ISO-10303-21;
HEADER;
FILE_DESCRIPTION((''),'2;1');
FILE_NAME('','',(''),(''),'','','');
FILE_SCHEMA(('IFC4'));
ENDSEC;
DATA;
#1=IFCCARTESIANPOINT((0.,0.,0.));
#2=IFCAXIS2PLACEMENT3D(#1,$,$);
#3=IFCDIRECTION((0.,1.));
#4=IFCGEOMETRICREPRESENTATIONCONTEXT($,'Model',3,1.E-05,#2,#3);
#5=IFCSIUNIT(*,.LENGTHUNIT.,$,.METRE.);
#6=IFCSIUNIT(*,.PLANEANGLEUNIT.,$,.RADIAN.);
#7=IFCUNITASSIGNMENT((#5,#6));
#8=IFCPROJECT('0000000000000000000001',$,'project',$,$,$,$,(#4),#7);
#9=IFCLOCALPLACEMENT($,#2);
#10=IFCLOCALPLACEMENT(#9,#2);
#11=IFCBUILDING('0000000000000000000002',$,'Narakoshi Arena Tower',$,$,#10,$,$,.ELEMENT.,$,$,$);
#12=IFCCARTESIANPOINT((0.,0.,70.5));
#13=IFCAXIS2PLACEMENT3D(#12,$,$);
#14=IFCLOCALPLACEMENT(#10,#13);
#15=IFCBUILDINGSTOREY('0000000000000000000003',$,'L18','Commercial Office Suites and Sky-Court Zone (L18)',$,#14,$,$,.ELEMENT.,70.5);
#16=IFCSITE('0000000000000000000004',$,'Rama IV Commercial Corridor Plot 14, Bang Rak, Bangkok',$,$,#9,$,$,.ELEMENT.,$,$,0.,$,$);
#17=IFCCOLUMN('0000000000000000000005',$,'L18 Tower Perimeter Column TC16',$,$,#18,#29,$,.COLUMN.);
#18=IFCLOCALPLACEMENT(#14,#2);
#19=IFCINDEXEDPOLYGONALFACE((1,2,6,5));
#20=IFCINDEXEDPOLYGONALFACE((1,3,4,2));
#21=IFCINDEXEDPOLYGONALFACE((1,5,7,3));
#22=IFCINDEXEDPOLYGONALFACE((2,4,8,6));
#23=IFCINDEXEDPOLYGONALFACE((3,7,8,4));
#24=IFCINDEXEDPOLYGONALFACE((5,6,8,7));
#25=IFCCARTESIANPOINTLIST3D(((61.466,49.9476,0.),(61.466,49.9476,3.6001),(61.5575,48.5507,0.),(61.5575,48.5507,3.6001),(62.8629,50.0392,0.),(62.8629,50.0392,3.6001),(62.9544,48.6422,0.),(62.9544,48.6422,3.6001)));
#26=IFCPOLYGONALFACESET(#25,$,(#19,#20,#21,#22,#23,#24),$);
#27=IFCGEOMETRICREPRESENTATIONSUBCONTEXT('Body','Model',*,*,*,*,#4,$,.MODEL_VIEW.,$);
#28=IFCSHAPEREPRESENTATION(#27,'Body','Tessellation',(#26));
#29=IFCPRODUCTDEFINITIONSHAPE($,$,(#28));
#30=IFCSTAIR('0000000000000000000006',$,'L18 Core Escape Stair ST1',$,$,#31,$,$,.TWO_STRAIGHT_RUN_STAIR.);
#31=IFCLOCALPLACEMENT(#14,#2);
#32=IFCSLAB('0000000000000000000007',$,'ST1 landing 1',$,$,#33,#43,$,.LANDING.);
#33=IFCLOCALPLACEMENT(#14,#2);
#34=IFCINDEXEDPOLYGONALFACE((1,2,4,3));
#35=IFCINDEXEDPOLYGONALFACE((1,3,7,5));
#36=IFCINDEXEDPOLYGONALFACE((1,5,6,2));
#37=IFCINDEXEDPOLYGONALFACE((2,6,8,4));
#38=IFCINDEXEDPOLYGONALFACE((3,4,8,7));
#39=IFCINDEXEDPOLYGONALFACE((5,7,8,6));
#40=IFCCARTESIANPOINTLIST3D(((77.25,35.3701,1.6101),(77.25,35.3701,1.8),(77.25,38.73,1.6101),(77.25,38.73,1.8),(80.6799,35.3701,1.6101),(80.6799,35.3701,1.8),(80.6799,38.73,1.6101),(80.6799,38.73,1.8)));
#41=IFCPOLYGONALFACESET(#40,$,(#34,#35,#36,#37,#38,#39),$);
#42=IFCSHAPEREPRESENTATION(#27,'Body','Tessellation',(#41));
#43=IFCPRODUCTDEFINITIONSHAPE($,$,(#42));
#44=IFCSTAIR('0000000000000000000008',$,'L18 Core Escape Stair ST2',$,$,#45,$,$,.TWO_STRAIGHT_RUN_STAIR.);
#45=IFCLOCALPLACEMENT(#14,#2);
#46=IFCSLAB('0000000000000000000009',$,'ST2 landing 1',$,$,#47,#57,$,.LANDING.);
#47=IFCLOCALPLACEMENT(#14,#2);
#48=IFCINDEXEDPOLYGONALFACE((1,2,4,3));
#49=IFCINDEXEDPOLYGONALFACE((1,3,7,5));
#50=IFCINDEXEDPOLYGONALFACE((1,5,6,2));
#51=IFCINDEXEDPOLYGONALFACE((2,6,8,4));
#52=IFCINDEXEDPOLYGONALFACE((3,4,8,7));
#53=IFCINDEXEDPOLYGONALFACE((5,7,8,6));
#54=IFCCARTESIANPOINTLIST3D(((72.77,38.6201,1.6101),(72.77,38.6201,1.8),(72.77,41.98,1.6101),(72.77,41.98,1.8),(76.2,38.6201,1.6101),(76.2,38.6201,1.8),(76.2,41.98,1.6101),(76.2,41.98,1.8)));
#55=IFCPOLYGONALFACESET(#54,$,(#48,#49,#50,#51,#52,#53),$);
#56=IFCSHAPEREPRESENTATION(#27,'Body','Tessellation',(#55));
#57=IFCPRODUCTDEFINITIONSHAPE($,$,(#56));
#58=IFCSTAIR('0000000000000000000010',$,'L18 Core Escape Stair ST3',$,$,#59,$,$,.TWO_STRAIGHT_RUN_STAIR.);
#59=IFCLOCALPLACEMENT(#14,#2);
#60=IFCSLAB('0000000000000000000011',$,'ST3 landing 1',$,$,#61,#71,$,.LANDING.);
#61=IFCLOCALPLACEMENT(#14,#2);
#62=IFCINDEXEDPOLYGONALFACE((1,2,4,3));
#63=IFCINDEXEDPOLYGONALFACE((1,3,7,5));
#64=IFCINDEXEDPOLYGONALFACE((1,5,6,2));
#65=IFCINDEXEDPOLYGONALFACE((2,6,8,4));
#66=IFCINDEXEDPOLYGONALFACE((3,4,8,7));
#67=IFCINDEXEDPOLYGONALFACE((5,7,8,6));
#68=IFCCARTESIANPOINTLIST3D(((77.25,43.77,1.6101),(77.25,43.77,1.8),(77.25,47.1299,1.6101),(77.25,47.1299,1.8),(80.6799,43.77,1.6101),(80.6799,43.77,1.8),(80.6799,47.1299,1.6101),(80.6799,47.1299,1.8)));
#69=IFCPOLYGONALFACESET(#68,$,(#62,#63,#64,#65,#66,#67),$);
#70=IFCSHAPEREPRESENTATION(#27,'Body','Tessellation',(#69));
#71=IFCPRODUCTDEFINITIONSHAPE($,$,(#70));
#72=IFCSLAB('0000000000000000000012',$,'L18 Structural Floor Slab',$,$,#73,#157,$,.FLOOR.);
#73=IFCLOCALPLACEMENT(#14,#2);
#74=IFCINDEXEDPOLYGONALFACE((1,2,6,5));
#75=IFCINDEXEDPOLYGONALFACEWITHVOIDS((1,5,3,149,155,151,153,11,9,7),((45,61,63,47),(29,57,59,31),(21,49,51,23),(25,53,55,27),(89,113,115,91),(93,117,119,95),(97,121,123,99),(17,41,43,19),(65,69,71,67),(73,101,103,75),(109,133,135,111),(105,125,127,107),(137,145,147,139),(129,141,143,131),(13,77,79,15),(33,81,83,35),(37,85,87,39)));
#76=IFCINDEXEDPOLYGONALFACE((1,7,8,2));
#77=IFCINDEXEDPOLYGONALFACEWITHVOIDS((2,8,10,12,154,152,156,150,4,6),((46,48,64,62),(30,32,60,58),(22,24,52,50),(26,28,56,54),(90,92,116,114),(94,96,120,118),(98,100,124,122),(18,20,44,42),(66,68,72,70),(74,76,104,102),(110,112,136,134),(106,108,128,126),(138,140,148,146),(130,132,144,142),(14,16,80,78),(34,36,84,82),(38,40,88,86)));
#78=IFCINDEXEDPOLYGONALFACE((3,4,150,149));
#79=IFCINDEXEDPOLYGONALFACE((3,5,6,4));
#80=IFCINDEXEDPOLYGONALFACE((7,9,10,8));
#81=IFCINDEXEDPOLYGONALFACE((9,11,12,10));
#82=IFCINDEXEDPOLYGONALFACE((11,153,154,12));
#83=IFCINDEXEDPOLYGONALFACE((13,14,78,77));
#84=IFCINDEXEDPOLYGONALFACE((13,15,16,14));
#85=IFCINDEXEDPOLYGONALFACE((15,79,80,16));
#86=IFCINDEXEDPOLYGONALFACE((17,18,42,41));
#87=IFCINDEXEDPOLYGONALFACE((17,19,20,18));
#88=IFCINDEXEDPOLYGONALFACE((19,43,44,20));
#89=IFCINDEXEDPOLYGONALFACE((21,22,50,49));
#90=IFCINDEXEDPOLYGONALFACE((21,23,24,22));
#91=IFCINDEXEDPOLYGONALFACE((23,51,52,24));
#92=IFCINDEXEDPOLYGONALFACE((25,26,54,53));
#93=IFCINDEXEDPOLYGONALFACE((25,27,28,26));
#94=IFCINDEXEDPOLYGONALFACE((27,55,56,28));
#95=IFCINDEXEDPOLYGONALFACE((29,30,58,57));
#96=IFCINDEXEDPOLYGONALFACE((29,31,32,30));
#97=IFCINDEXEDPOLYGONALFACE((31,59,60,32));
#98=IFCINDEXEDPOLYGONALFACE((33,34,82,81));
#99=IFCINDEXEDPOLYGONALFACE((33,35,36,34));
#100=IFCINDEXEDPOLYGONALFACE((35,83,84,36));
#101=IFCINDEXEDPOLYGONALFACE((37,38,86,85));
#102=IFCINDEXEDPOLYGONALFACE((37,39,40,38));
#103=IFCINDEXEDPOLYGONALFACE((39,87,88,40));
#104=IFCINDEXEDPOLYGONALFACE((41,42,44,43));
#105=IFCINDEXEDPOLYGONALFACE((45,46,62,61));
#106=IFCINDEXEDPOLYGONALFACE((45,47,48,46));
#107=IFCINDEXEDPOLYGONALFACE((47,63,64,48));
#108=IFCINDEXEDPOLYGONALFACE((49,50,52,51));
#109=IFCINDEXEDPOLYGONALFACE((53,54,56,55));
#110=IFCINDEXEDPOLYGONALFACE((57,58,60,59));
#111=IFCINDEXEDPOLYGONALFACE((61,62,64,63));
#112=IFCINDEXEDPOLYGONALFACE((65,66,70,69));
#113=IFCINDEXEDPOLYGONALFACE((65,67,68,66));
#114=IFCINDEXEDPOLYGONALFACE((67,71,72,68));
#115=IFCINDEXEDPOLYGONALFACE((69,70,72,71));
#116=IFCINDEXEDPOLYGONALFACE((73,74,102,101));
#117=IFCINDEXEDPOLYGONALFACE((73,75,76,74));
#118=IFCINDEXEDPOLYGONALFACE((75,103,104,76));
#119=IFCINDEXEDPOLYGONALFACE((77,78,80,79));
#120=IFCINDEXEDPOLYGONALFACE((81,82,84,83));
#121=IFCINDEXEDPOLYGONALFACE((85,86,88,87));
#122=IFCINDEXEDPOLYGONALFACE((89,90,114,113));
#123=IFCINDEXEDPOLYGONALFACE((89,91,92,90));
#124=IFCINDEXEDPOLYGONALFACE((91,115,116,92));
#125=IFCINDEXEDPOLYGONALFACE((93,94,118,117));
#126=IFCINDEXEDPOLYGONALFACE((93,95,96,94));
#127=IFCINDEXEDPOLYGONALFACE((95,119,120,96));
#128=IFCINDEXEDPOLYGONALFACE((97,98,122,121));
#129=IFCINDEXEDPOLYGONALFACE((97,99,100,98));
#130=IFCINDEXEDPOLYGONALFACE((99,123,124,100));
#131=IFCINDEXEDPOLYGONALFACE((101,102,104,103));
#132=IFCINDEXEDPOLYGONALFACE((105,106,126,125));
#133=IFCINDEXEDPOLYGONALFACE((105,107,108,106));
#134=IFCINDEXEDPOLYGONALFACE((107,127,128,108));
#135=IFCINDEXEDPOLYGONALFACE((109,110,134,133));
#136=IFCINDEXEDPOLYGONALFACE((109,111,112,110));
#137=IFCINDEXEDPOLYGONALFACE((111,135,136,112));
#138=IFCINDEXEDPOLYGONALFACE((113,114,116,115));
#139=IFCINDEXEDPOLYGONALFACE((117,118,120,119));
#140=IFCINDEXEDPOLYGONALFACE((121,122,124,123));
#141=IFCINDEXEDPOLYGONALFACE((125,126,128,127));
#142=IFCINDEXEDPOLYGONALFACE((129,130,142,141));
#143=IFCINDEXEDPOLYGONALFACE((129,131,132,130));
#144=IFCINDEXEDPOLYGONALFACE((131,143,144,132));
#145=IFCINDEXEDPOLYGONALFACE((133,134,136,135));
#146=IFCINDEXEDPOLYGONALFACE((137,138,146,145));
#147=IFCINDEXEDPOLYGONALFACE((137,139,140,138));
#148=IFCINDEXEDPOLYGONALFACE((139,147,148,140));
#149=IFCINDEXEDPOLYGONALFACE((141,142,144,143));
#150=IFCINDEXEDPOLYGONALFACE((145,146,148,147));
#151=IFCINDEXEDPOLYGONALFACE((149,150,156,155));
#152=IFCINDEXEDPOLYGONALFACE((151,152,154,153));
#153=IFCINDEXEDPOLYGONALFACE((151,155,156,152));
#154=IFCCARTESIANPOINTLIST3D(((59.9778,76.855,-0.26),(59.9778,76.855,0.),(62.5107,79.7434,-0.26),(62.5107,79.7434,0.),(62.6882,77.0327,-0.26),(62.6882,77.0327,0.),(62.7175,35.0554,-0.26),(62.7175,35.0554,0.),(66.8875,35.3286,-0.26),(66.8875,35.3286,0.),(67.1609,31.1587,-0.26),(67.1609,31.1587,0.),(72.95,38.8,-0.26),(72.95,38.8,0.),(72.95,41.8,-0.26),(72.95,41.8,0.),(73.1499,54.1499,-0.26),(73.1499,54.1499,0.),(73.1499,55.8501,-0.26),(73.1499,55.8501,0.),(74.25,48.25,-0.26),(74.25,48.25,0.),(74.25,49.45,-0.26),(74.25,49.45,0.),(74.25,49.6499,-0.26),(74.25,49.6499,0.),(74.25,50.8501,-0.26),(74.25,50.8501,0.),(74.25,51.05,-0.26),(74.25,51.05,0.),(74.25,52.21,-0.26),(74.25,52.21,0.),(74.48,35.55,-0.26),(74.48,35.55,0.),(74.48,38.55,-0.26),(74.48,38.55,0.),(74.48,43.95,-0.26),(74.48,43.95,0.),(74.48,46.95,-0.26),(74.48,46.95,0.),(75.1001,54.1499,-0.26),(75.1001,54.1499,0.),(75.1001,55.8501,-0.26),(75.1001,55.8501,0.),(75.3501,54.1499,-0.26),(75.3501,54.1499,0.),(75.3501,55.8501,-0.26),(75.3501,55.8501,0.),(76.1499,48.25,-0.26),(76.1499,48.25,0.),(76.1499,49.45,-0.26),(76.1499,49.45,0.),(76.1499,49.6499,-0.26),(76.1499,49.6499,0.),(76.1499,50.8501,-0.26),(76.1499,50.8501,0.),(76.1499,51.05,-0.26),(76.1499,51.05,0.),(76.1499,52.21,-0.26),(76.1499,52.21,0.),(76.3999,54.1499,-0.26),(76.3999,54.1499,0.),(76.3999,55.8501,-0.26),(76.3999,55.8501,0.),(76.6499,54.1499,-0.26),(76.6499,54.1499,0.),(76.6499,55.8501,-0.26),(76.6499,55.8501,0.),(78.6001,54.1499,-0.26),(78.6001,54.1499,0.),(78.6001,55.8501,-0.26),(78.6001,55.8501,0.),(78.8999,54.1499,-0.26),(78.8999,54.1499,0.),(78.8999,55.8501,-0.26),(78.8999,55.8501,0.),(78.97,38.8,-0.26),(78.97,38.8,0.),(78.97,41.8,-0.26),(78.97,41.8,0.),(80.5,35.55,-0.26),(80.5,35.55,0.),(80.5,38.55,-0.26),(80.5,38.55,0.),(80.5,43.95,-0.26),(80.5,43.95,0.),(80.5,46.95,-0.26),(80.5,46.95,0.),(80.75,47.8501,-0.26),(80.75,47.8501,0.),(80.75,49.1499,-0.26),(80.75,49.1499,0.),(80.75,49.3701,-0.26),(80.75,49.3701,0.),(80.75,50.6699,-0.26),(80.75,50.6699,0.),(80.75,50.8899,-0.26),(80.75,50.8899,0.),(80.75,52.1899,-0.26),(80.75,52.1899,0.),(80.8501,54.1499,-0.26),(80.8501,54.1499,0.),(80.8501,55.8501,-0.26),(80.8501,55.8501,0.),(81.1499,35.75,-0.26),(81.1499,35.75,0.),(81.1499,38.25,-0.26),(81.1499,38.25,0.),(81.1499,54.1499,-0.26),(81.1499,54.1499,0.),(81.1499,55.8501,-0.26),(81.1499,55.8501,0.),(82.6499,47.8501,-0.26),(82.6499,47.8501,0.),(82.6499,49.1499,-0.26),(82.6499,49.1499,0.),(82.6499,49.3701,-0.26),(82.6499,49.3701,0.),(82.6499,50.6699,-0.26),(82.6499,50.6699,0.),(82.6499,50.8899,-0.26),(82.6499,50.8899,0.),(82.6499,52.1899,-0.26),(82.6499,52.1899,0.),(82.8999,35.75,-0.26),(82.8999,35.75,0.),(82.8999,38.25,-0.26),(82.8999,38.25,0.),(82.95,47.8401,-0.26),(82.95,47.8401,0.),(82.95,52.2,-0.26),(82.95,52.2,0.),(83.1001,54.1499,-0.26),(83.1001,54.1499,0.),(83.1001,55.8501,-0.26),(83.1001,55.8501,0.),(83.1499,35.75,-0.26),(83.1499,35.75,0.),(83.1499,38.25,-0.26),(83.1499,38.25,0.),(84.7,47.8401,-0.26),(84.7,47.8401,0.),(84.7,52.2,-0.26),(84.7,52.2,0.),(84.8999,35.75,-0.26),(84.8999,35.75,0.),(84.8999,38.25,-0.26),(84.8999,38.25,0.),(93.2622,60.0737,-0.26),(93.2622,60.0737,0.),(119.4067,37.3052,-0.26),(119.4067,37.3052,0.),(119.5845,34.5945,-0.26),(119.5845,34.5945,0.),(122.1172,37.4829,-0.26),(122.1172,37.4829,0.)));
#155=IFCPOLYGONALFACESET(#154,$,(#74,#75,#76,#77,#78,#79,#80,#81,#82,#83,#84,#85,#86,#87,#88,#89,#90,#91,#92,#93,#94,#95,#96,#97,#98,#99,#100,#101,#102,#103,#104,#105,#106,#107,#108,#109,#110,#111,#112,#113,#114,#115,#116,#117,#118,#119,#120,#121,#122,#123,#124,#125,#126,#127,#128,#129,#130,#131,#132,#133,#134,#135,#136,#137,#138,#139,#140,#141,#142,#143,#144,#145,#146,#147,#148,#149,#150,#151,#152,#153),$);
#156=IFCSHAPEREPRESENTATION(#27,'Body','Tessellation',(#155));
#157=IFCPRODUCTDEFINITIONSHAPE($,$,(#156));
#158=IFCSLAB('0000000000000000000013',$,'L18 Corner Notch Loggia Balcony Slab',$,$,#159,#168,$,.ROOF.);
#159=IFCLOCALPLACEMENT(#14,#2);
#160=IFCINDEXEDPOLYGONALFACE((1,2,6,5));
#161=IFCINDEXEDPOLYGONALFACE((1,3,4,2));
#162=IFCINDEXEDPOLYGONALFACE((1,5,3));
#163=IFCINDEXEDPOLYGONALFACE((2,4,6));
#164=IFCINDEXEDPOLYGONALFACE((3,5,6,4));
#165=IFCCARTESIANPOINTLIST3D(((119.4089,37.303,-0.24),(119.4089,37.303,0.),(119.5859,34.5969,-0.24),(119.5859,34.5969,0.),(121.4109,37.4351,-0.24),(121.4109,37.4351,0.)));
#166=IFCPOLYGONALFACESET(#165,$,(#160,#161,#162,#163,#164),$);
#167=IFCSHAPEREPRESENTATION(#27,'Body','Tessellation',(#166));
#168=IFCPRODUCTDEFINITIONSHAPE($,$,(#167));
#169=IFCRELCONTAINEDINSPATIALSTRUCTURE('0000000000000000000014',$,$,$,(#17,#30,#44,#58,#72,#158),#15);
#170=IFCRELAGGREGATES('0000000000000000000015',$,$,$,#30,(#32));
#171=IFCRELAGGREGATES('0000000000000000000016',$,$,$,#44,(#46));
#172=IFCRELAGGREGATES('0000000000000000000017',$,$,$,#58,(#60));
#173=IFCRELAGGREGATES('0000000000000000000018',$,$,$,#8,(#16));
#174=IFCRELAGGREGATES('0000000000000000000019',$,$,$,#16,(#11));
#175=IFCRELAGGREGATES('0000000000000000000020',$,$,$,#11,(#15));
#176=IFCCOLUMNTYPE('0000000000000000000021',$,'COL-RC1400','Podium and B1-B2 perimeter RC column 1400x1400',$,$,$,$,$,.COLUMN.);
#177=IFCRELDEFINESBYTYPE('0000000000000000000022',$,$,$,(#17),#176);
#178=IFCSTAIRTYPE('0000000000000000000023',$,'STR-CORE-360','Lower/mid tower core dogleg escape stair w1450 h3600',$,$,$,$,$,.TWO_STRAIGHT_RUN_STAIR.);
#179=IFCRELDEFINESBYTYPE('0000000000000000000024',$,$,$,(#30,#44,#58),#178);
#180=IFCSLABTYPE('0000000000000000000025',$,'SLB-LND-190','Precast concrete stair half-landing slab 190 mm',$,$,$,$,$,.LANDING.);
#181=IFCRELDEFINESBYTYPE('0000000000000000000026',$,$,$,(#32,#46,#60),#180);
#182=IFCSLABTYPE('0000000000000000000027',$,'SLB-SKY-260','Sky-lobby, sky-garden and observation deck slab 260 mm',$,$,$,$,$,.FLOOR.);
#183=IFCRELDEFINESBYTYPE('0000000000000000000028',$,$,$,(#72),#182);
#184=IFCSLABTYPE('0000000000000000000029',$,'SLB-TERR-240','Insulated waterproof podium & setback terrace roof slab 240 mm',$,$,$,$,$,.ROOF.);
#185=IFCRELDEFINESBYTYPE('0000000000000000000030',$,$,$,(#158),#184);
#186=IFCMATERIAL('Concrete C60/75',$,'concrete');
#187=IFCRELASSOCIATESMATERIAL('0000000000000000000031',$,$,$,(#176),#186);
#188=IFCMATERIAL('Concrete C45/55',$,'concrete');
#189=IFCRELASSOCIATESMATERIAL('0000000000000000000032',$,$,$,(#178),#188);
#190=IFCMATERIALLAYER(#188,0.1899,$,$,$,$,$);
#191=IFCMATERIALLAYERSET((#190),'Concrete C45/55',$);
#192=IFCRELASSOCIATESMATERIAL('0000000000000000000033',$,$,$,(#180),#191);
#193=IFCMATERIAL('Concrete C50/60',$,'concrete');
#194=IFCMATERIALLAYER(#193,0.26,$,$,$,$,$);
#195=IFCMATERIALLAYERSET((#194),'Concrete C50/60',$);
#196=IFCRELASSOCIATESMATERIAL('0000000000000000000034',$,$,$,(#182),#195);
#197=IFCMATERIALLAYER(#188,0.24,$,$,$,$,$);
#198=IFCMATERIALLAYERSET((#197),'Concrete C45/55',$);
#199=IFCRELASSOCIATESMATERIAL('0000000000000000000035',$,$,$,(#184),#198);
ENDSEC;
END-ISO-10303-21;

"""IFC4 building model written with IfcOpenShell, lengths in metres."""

from ifc_helpers import new_model, si_unit, direction, frame, origin, origin_2d, place, context, subcontext, project, spatial, polyline, rectangle, outline, extrude, material, layer, layer_set, material_profile, profile_set, type_object, element, aggregate, save


model = new_model("IFC4")

# Units and contexts
model_context = context("Model", 3, precision=1e-05, world=origin(), true_north=direction((0.0, 1.0)))
body_context = subcontext(model_context, "Body", "Model", "MODEL_VIEW")
ifc_project = project(units=[si_unit("LENGTHUNIT", "METRE"), si_unit("PLANEANGLEUNIT", "RADIAN")], contexts=[model_context])

# Site, building, storey
site_placement = place(None, origin())
site = spatial("IfcSite", under=ifc_project, at=site_placement, Name="Rama IV Commercial Corridor Plot 14, Bang Rak, Bangkok", CompositionType="ELEMENT", RefElevation=0.0)
building_placement = place(site_placement, origin())
building = spatial("IfcBuilding", under=site, at=building_placement, Name="Narakoshi Arena Tower", CompositionType="ELEMENT")
storey_placement = place(building_placement, frame((0.0, 0.0, 70.5)))
storey = spatial("IfcBuildingStorey", under=building, at=storey_placement, Name="L18", Description="Commercial Office Suites and Sky-Court Zone (L18)", CompositionType="ELEMENT", Elevation=70.5)

# Column
ifc_material_1 = material(Name="Concrete C60/75", Category="concrete")
ifc_material_profile = material_profile(ifc_material_1, rectangle(XDim=1.3999, YDim=1.3999, at=origin_2d()), Name="RC1400x1400")
ifc_profile_set = profile_set([ifc_material_profile], Name="Concrete C60/75")
column_type = type_object("IfcColumnType", Name="COL-RC1400", Description="Podium and B1-B2 perimeter RC column 1400x1400", PredefinedType="COLUMN", material=ifc_profile_set)
column_placement = place(storey_placement, frame((62.2102, 49.2949, 0.0), z_axis=(0.0, 0.0, 1.0), x_axis=(-0.065403, 0.997859, 0.0)))
element("IfcColumn", 1, at=column_placement, inside=storey, type_object=column_type, Name="L18 Tower Perimeter Column TC16", PredefinedType="COLUMN", context=body_context, shape_type="SweptSolid", body=[
    extrude(rectangle(XDim=1.3999, YDim=1.3999, at=origin_2d()), origin(), (0.0, 0.0, 1.0), 3.6001),
])

# Stairs, slabs
ifc_material_2 = material(Name="Concrete C45/55", Category="concrete")
stair_type = type_object("IfcStairType", Name="STR-CORE-360", Description="Lower/mid tower core dogleg escape stair w1450 h3600", PredefinedType="TWO_STRAIGHT_RUN_STAIR", material=ifc_material_2)
stair_1_placement = place(storey_placement, origin())
stair_1 = element("IfcStair", 2, at=stair_1_placement, inside=storey, type_object=stair_type, Name="L18 Core Escape Stair ST1", PredefinedType="TWO_STRAIGHT_RUN_STAIR")
ifc_layer_1 = layer(ifc_material_2, 0.1899)
ifc_layer_set_1 = layer_set([ifc_layer_1], Name="Concrete C45/55")
slab_type_1 = type_object("IfcSlabType", Name="SLB-LND-190", Description="Precast concrete stair half-landing slab 190 mm", PredefinedType="LANDING", material=ifc_layer_set_1)
slab_1_placement = place(storey_placement, frame((0.0, 0.0, 1.6101)))
slab_1 = element("IfcSlab", 3, at=slab_1_placement, type_object=slab_type_1, Name="ST1 landing 1", PredefinedType="LANDING", context=body_context, shape_type="SweptSolid", body=[
    extrude(outline(polyline([(77.25, 35.3701), (80.6799, 35.3701), (80.6799, 38.73), (77.25, 38.73), (77.25, 35.3701)])), origin(), (0.0, 0.0, 1.0), 0.1899),
])
aggregate(stair_1, [slab_1])
stair_2_placement = place(storey_placement, origin())
stair_2 = element("IfcStair", 4, at=stair_2_placement, inside=storey, type_object=stair_type, Name="L18 Core Escape Stair ST2", PredefinedType="TWO_STRAIGHT_RUN_STAIR")
slab_2_placement = place(storey_placement, frame((0.0, 0.0, 1.6101)))
slab_2 = element("IfcSlab", 5, at=slab_2_placement, type_object=slab_type_1, Name="ST2 landing 1", PredefinedType="LANDING", context=body_context, shape_type="SweptSolid", body=[
    extrude(outline(polyline([(72.77, 38.6201), (76.2, 38.6201), (76.2, 41.98), (72.77, 41.98), (72.77, 38.6201)])), origin(), (0.0, 0.0, 1.0), 0.1899),
])
aggregate(stair_2, [slab_2])
stair_3_placement = place(storey_placement, origin())
stair_3 = element("IfcStair", 6, at=stair_3_placement, inside=storey, type_object=stair_type, Name="L18 Core Escape Stair ST3", PredefinedType="TWO_STRAIGHT_RUN_STAIR")
slab_3_placement = place(storey_placement, frame((0.0, 0.0, 1.6101)))
slab_3 = element("IfcSlab", 7, at=slab_3_placement, type_object=slab_type_1, Name="ST3 landing 1", PredefinedType="LANDING", context=body_context, shape_type="SweptSolid", body=[
    extrude(outline(polyline([(77.25, 43.77), (80.6799, 43.77), (80.6799, 47.1299), (77.25, 47.1299), (77.25, 43.77)])), origin(), (0.0, 0.0, 1.0), 0.1899),
])
aggregate(stair_3, [slab_3])

# Slabs
ifc_material_3 = material(Name="Concrete C50/60", Category="concrete")
ifc_layer_2 = layer(ifc_material_3, 0.26)
ifc_layer_set_2 = layer_set([ifc_layer_2], Name="Concrete C50/60")
slab_type_2 = type_object("IfcSlabType", Name="SLB-SKY-260", Description="Sky-lobby, sky-garden and observation deck slab 260 mm", PredefinedType="FLOOR", material=ifc_layer_set_2)
slab_4_placement = place(storey_placement, frame((0.0, 0.0, -0.26)))
element("IfcSlab", 8, at=slab_4_placement, inside=storey, type_object=slab_type_2, Name="L18 Structural Floor Slab", PredefinedType="FLOOR", context=body_context, shape_type="SweptSolid", body=[
    extrude(outline(polyline([(67.1609, 31.1587), (119.5845, 34.5945), (119.4067, 37.3052), (122.1172, 37.4829), (93.2622, 60.0737), (62.5107, 79.7434), (62.6882, 77.0327), (59.9778, 76.855), (62.7175, 35.0554), (66.8875, 35.3286), (67.1609, 31.1587)]), holes=[polyline([(74.48, 35.55), (74.48, 38.55), (80.5, 38.55), (80.5, 35.55), (74.48, 35.55)]), polyline([(81.1499, 35.75), (81.1499, 38.25), (82.8999, 38.25), (82.8999, 35.75), (81.1499, 35.75)]), polyline([(83.1499, 35.75), (83.1499, 38.25), (84.8999, 38.25), (84.8999, 35.75), (83.1499, 35.75)]), polyline([(72.95, 38.8), (72.95, 41.8), (78.97, 41.8), (78.97, 38.8), (72.95, 38.8)]), polyline([(74.48, 43.95), (74.48, 46.95), (80.5, 46.95), (80.5, 43.95), (74.48, 43.95)]), polyline([(82.95, 47.8401), (82.95, 52.2), (84.7, 52.2), (84.7, 47.8401), (82.95, 47.8401)]), polyline([(80.75, 47.8501), (80.75, 49.1499), (82.6499, 49.1499), (82.6499, 47.8501), (80.75, 47.8501)]), polyline([(74.25, 48.25), (74.25, 49.45), (76.1499, 49.45), (76.1499, 48.25), (74.25, 48.25)]), polyline([(80.75, 49.3701), (80.75, 50.6699), (82.6499, 50.6699), (82.6499, 49.3701), (80.75, 49.3701)]), polyline([(74.25, 49.6499), (74.25, 50.8501), (76.1499, 50.8501), (76.1499, 49.6499), (74.25, 49.6499)]), polyline([(80.75, 50.8899), (80.75, 52.1899), (82.6499, 52.1899), (82.6499, 50.8899), (80.75, 50.8899)]), polyline([(74.25, 51.05), (74.25, 52.21), (76.1499, 52.21), (76.1499, 51.05), (74.25, 51.05)]), polyline([(73.1499, 54.1499), (73.1499, 55.8501), (75.1001, 55.8501), (75.1001, 54.1499), (73.1499, 54.1499)]), polyline([(75.3501, 54.1499), (75.3501, 55.8501), (76.3999, 55.8501), (76.3999, 54.1499), (75.3501, 54.1499)]), polyline([(76.6499, 54.1499), (76.6499, 55.8501), (78.6001, 55.8501), (78.6001, 54.1499), (76.6499, 54.1499)]), polyline([(78.8999, 55.8501), (80.8501, 55.8501), (80.8501, 54.1499), (78.8999, 54.1499), (78.8999, 55.8501)]), polyline([(81.1499, 55.8501), (83.1001, 55.8501), (83.1001, 54.1499), (81.1499, 54.1499), (81.1499, 55.8501)])]), origin(), (0.0, 0.0, 1.0), 0.26),
])
ifc_layer_3 = layer(ifc_material_2, 0.24)
ifc_layer_set_3 = layer_set([ifc_layer_3], Name="Concrete C45/55")
slab_type_3 = type_object("IfcSlabType", Name="SLB-TERR-240", Description="Insulated waterproof podium & setback terrace roof slab 240 mm", PredefinedType="ROOF", material=ifc_layer_set_3)
slab_5_placement = place(storey_placement, frame((0.0, 0.0, -0.24)))
element("IfcSlab", 9, at=slab_5_placement, inside=storey, type_object=slab_type_3, Name="L18 Corner Notch Loggia Balcony Slab", PredefinedType="ROOF", context=body_context, shape_type="SweptSolid", body=[
    extrude(outline(polyline([(121.4109, 37.4351), (119.4089, 37.303), (119.5859, 34.5969), (121.4109, 37.4351)])), origin(), (0.0, 0.0, 1.0), 0.24),
])

save(model, "model.ifc")
